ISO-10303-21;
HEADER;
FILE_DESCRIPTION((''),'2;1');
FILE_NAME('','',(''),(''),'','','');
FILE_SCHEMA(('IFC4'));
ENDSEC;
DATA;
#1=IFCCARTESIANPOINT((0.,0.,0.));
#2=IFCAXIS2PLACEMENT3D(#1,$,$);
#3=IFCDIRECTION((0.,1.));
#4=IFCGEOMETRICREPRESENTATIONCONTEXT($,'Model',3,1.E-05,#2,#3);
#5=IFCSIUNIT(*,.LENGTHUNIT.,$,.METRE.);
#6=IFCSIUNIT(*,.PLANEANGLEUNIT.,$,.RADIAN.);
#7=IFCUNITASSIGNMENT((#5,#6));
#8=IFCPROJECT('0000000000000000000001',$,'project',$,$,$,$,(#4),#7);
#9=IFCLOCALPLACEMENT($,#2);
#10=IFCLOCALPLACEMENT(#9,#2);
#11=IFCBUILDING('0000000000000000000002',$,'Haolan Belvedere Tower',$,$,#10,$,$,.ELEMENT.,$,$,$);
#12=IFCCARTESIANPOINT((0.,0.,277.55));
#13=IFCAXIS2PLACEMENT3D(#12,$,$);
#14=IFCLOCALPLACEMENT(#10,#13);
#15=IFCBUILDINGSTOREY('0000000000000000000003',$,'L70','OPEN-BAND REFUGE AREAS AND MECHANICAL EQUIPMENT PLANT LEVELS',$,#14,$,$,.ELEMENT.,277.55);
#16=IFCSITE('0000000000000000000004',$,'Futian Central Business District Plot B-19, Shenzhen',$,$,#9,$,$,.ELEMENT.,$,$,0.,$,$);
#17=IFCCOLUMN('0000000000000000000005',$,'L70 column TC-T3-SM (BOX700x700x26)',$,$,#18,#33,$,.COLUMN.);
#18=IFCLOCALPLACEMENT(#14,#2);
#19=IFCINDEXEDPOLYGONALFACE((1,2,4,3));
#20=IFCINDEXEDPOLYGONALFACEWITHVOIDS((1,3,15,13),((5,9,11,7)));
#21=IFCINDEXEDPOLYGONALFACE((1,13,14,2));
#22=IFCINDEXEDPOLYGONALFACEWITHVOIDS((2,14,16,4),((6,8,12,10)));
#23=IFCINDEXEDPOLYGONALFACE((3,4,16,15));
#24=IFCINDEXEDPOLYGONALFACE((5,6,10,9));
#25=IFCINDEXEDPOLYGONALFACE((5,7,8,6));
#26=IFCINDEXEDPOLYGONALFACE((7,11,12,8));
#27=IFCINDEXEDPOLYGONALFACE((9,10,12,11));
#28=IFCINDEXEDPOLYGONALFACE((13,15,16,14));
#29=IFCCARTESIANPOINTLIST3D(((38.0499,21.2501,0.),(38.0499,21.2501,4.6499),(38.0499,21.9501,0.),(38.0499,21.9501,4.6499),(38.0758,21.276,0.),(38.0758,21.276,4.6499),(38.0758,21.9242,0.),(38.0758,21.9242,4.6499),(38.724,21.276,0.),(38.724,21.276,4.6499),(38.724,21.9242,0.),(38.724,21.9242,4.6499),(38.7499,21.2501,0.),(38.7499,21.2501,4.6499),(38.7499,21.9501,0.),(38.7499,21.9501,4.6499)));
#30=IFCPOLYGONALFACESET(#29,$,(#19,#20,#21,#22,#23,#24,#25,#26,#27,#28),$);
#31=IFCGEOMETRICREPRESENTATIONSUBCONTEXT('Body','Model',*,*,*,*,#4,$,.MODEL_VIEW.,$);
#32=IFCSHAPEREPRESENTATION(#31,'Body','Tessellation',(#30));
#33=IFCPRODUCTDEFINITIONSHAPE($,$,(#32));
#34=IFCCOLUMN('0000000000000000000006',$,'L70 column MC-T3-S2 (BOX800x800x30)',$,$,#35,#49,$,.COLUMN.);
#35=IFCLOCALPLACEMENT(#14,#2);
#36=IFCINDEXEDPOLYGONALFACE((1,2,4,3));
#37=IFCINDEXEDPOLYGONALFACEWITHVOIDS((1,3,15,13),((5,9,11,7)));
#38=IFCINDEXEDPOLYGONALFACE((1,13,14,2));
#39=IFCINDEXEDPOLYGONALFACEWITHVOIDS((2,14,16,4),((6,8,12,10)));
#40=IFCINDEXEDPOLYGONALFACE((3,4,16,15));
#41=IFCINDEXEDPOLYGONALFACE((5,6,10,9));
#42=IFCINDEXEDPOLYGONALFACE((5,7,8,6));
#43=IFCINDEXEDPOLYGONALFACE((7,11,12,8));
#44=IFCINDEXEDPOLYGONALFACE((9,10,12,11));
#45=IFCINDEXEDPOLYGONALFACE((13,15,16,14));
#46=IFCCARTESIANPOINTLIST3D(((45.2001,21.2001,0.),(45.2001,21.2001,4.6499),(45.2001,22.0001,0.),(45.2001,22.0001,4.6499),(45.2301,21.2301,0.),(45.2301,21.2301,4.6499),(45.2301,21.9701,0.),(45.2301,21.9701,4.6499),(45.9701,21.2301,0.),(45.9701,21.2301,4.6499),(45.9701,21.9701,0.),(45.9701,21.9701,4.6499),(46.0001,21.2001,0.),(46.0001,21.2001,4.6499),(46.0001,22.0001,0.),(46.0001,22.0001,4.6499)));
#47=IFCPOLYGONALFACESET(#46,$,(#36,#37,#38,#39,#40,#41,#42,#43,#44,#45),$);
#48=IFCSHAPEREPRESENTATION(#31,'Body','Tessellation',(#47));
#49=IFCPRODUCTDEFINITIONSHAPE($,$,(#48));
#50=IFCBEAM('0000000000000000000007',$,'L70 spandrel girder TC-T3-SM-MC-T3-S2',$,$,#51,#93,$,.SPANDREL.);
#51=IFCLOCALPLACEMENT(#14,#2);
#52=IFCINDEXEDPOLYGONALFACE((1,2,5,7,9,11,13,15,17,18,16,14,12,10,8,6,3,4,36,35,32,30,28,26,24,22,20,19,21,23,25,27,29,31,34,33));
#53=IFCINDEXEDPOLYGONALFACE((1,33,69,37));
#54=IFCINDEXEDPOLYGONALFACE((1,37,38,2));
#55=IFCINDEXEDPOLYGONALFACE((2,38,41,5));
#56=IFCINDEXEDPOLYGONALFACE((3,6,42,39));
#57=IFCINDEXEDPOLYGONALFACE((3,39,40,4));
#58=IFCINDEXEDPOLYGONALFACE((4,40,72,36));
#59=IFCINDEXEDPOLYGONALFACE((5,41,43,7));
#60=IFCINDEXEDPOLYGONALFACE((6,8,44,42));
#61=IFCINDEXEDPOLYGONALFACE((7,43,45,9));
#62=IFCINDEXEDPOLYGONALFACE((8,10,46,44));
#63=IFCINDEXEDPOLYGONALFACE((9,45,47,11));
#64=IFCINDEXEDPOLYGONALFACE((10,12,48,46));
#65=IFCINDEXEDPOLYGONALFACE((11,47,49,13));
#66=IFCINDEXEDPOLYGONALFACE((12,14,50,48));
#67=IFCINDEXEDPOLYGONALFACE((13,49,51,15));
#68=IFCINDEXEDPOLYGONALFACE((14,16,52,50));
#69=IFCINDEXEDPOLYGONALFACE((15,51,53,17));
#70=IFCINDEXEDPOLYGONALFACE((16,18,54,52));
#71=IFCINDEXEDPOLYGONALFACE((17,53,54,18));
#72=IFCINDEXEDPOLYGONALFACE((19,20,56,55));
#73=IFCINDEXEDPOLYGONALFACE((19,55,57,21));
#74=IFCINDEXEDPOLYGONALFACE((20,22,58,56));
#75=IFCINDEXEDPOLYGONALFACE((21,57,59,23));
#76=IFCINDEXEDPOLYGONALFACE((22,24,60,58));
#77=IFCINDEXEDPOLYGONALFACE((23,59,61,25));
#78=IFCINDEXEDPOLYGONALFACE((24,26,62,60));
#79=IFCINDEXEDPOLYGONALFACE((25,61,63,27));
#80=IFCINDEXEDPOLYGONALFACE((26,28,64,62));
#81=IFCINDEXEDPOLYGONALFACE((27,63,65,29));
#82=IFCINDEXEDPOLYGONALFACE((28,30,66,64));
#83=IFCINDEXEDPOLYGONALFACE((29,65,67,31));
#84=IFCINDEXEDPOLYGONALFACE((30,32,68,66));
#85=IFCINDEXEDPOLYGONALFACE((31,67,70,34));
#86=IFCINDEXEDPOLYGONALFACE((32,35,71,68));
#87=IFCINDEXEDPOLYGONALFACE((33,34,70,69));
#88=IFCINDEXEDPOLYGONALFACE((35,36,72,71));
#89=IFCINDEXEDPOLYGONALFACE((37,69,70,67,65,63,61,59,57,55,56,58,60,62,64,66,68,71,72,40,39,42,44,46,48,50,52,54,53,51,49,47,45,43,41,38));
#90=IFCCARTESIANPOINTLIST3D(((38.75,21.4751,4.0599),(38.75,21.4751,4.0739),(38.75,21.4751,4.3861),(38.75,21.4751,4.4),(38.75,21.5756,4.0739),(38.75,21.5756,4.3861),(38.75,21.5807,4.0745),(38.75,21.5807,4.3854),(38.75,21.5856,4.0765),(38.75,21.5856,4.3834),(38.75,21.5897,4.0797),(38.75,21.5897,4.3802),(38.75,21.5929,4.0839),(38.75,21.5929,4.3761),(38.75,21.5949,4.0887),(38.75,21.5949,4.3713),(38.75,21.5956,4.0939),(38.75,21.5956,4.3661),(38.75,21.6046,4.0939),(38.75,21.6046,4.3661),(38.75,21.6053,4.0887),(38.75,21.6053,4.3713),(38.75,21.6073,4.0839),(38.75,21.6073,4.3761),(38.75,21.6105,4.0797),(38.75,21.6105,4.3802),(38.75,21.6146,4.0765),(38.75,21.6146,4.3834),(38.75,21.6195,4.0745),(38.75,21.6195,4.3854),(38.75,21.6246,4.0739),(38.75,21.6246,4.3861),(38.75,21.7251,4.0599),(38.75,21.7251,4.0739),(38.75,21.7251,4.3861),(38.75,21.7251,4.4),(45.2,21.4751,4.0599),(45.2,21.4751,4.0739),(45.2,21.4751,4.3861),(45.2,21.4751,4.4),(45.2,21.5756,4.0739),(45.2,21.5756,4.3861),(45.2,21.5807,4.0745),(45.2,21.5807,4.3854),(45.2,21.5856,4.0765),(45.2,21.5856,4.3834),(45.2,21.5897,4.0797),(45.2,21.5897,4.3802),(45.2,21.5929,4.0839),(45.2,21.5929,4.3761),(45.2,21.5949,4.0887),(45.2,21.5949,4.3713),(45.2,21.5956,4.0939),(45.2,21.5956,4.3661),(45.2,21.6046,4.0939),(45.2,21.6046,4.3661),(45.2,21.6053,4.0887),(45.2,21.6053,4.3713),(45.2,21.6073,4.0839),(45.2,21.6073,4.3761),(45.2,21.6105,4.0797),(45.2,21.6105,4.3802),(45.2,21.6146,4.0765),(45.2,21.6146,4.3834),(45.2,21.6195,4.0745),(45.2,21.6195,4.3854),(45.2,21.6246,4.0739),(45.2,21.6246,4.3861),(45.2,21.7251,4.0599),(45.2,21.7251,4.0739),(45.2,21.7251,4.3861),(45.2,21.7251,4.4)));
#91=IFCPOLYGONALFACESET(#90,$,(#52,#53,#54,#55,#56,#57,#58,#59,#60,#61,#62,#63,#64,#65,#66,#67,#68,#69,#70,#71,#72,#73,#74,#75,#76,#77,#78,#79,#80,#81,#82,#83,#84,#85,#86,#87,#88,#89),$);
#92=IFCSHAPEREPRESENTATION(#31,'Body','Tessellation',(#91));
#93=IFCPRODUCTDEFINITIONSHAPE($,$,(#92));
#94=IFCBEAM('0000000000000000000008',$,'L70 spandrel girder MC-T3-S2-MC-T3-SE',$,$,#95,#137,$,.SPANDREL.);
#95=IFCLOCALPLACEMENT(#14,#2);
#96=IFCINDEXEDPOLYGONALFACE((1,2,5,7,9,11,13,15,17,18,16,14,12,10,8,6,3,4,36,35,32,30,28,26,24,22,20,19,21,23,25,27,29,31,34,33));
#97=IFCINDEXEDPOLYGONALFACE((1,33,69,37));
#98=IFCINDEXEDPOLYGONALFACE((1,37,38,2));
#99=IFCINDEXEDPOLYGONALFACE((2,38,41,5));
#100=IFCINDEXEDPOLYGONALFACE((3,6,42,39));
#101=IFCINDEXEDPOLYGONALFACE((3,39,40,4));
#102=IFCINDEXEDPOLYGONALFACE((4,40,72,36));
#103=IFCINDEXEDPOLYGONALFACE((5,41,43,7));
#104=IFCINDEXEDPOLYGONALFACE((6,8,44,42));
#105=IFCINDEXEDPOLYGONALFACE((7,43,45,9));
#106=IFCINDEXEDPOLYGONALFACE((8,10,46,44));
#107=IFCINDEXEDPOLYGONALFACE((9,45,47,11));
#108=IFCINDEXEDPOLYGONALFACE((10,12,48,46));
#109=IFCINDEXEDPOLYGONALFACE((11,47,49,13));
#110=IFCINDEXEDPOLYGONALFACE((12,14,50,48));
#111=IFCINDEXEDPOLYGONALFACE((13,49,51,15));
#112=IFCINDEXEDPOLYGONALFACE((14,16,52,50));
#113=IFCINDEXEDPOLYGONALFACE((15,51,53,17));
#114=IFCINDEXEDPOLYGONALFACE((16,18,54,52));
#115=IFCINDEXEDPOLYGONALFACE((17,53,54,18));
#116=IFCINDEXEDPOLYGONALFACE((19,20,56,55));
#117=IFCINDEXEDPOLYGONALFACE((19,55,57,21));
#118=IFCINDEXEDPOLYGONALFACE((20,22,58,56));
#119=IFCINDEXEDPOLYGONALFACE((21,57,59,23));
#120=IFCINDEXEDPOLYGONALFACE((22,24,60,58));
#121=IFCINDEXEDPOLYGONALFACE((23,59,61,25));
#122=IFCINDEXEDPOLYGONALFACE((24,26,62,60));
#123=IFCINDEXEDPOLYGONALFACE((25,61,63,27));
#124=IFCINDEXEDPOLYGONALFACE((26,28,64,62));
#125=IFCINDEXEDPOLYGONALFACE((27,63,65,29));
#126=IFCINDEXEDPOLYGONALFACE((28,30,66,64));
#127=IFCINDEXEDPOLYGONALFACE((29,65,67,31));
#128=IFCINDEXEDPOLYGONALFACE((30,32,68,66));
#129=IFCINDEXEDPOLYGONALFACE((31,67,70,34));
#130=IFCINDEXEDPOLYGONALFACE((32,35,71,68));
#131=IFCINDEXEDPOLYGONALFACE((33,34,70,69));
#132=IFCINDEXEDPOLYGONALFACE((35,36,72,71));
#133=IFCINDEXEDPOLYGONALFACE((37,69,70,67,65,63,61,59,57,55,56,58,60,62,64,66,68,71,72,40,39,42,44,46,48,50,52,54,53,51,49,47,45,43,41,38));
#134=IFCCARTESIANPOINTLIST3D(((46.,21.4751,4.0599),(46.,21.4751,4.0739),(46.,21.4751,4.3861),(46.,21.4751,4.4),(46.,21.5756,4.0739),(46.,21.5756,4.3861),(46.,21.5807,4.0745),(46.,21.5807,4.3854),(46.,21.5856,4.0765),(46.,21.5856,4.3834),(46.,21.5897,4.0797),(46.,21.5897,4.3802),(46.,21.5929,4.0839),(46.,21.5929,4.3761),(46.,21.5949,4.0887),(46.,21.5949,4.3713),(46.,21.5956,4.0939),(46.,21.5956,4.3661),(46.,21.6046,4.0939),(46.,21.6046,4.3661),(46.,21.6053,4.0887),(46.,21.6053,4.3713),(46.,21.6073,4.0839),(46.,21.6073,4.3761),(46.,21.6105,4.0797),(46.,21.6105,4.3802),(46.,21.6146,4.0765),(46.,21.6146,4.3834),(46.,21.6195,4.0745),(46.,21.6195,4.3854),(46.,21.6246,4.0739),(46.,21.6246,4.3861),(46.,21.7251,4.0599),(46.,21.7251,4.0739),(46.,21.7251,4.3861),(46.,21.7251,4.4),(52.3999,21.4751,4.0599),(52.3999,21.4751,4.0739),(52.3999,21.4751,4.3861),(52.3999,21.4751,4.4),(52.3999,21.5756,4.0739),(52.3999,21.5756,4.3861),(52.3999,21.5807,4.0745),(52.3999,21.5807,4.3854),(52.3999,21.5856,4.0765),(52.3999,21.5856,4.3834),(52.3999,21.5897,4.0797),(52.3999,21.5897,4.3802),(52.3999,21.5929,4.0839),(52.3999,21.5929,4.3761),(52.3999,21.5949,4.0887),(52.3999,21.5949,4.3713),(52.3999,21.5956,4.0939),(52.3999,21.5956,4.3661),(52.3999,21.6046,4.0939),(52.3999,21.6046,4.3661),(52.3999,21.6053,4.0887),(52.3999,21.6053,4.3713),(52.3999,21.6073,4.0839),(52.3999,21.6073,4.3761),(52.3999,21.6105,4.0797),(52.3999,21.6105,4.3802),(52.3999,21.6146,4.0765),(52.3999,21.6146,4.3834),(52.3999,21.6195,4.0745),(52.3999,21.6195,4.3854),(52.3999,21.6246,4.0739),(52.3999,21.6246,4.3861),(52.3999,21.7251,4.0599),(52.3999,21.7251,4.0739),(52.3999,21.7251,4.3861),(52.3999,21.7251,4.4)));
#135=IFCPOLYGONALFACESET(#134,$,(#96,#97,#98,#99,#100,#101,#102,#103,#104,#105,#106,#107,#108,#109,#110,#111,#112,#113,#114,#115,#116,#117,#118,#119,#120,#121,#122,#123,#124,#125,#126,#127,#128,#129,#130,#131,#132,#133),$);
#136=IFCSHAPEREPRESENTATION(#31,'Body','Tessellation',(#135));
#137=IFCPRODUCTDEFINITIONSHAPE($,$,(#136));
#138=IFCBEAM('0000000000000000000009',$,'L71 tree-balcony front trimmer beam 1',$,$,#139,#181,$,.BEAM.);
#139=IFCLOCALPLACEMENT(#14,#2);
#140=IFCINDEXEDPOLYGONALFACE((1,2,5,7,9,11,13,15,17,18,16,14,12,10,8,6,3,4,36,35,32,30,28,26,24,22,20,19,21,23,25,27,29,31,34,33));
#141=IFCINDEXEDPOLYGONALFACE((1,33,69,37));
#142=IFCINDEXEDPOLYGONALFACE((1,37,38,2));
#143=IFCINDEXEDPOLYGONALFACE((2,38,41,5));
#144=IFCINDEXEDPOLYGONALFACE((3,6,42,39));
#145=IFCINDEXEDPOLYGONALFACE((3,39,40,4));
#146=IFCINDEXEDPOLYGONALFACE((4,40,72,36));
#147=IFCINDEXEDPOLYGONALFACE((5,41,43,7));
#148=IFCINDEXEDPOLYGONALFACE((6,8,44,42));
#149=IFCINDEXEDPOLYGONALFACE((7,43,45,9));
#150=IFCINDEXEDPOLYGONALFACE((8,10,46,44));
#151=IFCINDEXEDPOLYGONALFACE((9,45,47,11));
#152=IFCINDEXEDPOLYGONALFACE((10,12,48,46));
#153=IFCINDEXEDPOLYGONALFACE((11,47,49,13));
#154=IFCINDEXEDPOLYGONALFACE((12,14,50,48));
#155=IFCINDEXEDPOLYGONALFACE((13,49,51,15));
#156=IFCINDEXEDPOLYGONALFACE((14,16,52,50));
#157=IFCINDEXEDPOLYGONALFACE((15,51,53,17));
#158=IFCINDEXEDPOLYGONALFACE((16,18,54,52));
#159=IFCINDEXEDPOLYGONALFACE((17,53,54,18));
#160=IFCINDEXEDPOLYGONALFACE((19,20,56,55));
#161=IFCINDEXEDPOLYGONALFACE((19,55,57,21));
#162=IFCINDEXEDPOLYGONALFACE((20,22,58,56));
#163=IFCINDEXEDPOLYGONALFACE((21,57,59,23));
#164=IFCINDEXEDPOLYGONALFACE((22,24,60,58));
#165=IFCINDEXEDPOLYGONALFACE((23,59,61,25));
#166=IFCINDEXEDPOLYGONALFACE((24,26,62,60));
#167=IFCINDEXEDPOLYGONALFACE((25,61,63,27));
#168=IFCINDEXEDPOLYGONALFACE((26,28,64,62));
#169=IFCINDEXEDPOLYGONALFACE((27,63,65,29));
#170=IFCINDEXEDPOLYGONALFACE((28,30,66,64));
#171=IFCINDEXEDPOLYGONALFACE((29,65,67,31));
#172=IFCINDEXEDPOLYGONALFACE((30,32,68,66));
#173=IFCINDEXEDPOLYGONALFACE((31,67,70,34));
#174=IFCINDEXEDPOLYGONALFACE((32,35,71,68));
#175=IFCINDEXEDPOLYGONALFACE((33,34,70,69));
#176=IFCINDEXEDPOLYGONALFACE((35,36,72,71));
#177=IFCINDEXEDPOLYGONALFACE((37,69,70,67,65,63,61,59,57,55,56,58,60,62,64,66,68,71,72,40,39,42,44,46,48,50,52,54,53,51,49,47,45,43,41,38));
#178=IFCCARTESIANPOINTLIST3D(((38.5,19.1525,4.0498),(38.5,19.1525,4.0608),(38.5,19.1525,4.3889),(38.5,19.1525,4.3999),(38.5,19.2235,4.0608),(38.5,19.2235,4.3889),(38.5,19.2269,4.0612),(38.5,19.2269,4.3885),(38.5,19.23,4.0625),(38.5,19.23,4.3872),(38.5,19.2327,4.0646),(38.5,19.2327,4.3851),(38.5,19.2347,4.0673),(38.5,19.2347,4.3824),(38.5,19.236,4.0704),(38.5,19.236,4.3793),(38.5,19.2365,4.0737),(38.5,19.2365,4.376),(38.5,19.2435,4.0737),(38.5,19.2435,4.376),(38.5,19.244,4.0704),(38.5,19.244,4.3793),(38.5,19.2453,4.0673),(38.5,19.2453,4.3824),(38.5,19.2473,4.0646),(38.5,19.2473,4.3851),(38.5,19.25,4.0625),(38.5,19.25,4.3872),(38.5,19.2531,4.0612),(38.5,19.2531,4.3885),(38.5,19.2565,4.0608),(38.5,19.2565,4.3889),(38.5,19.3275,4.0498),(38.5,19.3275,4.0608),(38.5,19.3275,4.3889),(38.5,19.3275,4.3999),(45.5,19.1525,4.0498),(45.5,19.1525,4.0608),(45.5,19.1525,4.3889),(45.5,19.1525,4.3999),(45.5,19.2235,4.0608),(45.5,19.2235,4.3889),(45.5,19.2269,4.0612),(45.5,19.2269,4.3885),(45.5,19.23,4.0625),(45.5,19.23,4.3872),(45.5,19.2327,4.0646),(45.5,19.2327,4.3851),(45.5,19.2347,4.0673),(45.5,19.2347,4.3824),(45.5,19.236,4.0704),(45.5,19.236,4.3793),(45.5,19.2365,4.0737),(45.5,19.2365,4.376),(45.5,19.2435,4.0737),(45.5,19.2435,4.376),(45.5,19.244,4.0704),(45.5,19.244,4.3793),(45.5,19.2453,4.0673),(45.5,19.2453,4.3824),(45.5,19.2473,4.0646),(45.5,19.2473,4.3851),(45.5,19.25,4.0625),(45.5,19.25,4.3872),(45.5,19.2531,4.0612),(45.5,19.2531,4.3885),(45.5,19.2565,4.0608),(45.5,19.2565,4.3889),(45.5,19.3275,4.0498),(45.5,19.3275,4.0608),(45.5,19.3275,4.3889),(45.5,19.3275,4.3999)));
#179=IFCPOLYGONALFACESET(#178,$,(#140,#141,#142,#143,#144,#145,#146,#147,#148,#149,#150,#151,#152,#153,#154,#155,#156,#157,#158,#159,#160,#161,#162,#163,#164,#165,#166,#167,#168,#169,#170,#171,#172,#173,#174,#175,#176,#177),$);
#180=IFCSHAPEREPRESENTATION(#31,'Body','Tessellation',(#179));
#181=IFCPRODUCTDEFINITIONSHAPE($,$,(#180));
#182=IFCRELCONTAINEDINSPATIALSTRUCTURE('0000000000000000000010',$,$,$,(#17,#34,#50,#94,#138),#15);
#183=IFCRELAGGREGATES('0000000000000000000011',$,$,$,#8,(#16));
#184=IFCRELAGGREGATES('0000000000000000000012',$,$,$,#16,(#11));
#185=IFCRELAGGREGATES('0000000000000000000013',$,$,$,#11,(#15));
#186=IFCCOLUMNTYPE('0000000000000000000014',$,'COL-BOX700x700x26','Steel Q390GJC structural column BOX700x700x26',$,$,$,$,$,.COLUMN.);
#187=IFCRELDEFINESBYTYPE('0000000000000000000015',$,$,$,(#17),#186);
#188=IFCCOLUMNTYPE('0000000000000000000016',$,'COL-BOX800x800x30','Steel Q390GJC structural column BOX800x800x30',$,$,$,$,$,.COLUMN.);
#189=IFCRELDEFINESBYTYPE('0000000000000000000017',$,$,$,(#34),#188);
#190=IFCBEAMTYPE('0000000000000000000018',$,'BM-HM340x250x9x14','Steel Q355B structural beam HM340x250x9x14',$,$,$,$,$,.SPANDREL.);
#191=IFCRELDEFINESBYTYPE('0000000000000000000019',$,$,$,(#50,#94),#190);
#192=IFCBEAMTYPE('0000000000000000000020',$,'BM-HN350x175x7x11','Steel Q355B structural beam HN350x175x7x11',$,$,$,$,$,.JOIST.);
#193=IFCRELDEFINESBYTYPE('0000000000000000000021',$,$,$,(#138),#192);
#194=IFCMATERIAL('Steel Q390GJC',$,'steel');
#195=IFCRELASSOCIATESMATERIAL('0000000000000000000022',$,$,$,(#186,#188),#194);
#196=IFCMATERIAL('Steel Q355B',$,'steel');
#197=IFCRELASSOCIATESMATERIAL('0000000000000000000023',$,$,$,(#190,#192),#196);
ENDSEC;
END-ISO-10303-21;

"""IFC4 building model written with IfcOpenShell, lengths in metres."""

from ifc_helpers import new_model, si_unit, direction, frame, origin, origin_2d, place, context, subcontext, project, spatial, hollow_rectangle, i_section, extrude, material, material_profile, profile_set, type_object, element, save


model = new_model("IFC4")

# Units and contexts
model_context = context("Model", 3, precision=1e-05, world=origin(), true_north=direction((0.0, 1.0)))
body_context = subcontext(model_context, "Body", "Model", "MODEL_VIEW")
ifc_project = project(units=[si_unit("LENGTHUNIT", "METRE"), si_unit("PLANEANGLEUNIT", "RADIAN")], contexts=[model_context])

# Site, building, storey
site_placement = place(None, origin())
site = spatial("IfcSite", under=ifc_project, at=site_placement, Name="Futian Central Business District Plot B-19, Shenzhen", CompositionType="ELEMENT", RefElevation=0.0)
building_placement = place(site_placement, origin())
building = spatial("IfcBuilding", under=site, at=building_placement, Name="Haolan Belvedere Tower", CompositionType="ELEMENT")
storey_placement = place(building_placement, frame((0.0, 0.0, 277.55)))
storey = spatial("IfcBuildingStorey", under=building, at=storey_placement, Name="L70", Description="OPEN-BAND REFUGE AREAS AND MECHANICAL EQUIPMENT PLANT LEVELS", CompositionType="ELEMENT", Elevation=277.55)

# Columns
ifc_material_1 = material(Name="Steel Q390GJC", Category="steel")
ifc_material_profile_1 = material_profile(ifc_material_1, hollow_rectangle(XDim=0.7, YDim=0.7, WallThickness=0.0259, at=origin_2d()), Name="Steel Q390GJC")
ifc_profile_set_1 = profile_set([ifc_material_profile_1], Name="Steel Q390GJC")
column_type_1 = type_object("IfcColumnType", Name="COL-BOX700x700x26", Description="Steel Q390GJC structural column BOX700x700x26", PredefinedType="COLUMN", material=ifc_profile_set_1)
column_1_placement = place(storey_placement, frame((38.3999, 21.6001, 0.0), z_axis=(0.0, 0.0, 1.0), x_axis=(1.0, 0.0, 0.0)))
element("IfcColumn", 1, at=column_1_placement, inside=storey, type_object=column_type_1, Name="L70 column TC-T3-SM (BOX700x700x26)", PredefinedType="COLUMN", context=body_context, shape_type="SweptSolid", body=[
    extrude(hollow_rectangle(XDim=0.7, YDim=0.7, WallThickness=0.0259, at=origin_2d()), origin(), (0.0, 0.0, 1.0), 4.6499),
])
ifc_material_profile_2 = material_profile(ifc_material_1, hollow_rectangle(XDim=0.8, YDim=0.8, WallThickness=0.03, at=origin_2d()), Name="Steel Q390GJC")
ifc_profile_set_2 = profile_set([ifc_material_profile_2], Name="Steel Q390GJC")
column_type_2 = type_object("IfcColumnType", Name="COL-BOX800x800x30", Description="Steel Q390GJC structural column BOX800x800x30", PredefinedType="COLUMN", material=ifc_profile_set_2)
column_2_placement = place(storey_placement, frame((45.6001, 21.6001, 0.0), z_axis=(0.0, 0.0, 1.0), x_axis=(1.0, 0.0, 0.0)))
element("IfcColumn", 2, at=column_2_placement, inside=storey, type_object=column_type_2, Name="L70 column MC-T3-S2 (BOX800x800x30)", PredefinedType="COLUMN", context=body_context, shape_type="SweptSolid", body=[
    extrude(hollow_rectangle(XDim=0.8, YDim=0.8, WallThickness=0.03, at=origin_2d()), origin(), (0.0, 0.0, 1.0), 4.6499),
])

# Beams
ifc_material_2 = material(Name="Steel Q355B", Category="steel")
ifc_material_profile_3 = material_profile(ifc_material_2, i_section(OverallWidth=0.25, OverallDepth=0.3401, WebThickness=0.009, FlangeThickness=0.0139, FilletRadius=0.02, at=origin_2d()), Name="Steel Q355B")
ifc_profile_set_3 = profile_set([ifc_material_profile_3], Name="Steel Q355B")
beam_type_1 = type_object("IfcBeamType", Name="BM-HM340x250x9x14", Description="Steel Q355B structural beam HM340x250x9x14", PredefinedType="SPANDREL", material=ifc_profile_set_3)
beam_1_placement = place(storey_placement, frame((38.75, 21.6001, 4.23), z_axis=(1.0, 0.0, 0.0), x_axis=(0.0, 1.0, 0.0)))
element("IfcBeam", 3, at=beam_1_placement, inside=storey, type_object=beam_type_1, Name="L70 spandrel girder TC-T3-SM-MC-T3-S2", PredefinedType="SPANDREL", context=body_context, shape_type="SweptSolid", body=[
    extrude(i_section(OverallWidth=0.25, OverallDepth=0.3401, WebThickness=0.009, FlangeThickness=0.0139, FilletRadius=0.02, at=origin_2d()), origin(), (0.0, 0.0, 1.0), 6.45),
])
beam_2_placement = place(storey_placement, frame((46.0, 21.6001, 4.23), z_axis=(1.0, 0.0, 0.0), x_axis=(0.0, 1.0, 0.0)))
element("IfcBeam", 4, at=beam_2_placement, inside=storey, type_object=beam_type_1, Name="L70 spandrel girder MC-T3-S2-MC-T3-SE", PredefinedType="SPANDREL", context=body_context, shape_type="SweptSolid", body=[
    extrude(i_section(OverallWidth=0.25, OverallDepth=0.3401, WebThickness=0.009, FlangeThickness=0.0139, FilletRadius=0.02, at=origin_2d()), origin(), (0.0, 0.0, 1.0), 6.3999),
])
ifc_material_profile_4 = material_profile(ifc_material_2, i_section(OverallWidth=0.175, OverallDepth=0.3501, WebThickness=0.0071, FlangeThickness=0.011, FilletRadius=0.0129, at=origin_2d()), Name="Steel Q355B")
ifc_profile_set_4 = profile_set([ifc_material_profile_4], Name="Steel Q355B")
beam_type_2 = type_object("IfcBeamType", Name="BM-HN350x175x7x11", Description="Steel Q355B structural beam HN350x175x7x11", PredefinedType="JOIST", material=ifc_profile_set_4)
beam_3_placement = place(storey_placement, frame((38.5, 19.24, 4.2249), z_axis=(1.0, 0.0, 0.0), x_axis=(0.0, 1.0, 0.0)))
element("IfcBeam", 5, at=beam_3_placement, inside=storey, type_object=beam_type_2, Name="L71 tree-balcony front trimmer beam 1", PredefinedType="BEAM", context=body_context, shape_type="SweptSolid", body=[
    extrude(i_section(OverallWidth=0.175, OverallDepth=0.3501, WebThickness=0.0071, FlangeThickness=0.011, FilletRadius=0.0129, at=origin_2d()), origin(), (0.0, 0.0, 1.0), 7.0),
])

save(model, "model.ifc")
